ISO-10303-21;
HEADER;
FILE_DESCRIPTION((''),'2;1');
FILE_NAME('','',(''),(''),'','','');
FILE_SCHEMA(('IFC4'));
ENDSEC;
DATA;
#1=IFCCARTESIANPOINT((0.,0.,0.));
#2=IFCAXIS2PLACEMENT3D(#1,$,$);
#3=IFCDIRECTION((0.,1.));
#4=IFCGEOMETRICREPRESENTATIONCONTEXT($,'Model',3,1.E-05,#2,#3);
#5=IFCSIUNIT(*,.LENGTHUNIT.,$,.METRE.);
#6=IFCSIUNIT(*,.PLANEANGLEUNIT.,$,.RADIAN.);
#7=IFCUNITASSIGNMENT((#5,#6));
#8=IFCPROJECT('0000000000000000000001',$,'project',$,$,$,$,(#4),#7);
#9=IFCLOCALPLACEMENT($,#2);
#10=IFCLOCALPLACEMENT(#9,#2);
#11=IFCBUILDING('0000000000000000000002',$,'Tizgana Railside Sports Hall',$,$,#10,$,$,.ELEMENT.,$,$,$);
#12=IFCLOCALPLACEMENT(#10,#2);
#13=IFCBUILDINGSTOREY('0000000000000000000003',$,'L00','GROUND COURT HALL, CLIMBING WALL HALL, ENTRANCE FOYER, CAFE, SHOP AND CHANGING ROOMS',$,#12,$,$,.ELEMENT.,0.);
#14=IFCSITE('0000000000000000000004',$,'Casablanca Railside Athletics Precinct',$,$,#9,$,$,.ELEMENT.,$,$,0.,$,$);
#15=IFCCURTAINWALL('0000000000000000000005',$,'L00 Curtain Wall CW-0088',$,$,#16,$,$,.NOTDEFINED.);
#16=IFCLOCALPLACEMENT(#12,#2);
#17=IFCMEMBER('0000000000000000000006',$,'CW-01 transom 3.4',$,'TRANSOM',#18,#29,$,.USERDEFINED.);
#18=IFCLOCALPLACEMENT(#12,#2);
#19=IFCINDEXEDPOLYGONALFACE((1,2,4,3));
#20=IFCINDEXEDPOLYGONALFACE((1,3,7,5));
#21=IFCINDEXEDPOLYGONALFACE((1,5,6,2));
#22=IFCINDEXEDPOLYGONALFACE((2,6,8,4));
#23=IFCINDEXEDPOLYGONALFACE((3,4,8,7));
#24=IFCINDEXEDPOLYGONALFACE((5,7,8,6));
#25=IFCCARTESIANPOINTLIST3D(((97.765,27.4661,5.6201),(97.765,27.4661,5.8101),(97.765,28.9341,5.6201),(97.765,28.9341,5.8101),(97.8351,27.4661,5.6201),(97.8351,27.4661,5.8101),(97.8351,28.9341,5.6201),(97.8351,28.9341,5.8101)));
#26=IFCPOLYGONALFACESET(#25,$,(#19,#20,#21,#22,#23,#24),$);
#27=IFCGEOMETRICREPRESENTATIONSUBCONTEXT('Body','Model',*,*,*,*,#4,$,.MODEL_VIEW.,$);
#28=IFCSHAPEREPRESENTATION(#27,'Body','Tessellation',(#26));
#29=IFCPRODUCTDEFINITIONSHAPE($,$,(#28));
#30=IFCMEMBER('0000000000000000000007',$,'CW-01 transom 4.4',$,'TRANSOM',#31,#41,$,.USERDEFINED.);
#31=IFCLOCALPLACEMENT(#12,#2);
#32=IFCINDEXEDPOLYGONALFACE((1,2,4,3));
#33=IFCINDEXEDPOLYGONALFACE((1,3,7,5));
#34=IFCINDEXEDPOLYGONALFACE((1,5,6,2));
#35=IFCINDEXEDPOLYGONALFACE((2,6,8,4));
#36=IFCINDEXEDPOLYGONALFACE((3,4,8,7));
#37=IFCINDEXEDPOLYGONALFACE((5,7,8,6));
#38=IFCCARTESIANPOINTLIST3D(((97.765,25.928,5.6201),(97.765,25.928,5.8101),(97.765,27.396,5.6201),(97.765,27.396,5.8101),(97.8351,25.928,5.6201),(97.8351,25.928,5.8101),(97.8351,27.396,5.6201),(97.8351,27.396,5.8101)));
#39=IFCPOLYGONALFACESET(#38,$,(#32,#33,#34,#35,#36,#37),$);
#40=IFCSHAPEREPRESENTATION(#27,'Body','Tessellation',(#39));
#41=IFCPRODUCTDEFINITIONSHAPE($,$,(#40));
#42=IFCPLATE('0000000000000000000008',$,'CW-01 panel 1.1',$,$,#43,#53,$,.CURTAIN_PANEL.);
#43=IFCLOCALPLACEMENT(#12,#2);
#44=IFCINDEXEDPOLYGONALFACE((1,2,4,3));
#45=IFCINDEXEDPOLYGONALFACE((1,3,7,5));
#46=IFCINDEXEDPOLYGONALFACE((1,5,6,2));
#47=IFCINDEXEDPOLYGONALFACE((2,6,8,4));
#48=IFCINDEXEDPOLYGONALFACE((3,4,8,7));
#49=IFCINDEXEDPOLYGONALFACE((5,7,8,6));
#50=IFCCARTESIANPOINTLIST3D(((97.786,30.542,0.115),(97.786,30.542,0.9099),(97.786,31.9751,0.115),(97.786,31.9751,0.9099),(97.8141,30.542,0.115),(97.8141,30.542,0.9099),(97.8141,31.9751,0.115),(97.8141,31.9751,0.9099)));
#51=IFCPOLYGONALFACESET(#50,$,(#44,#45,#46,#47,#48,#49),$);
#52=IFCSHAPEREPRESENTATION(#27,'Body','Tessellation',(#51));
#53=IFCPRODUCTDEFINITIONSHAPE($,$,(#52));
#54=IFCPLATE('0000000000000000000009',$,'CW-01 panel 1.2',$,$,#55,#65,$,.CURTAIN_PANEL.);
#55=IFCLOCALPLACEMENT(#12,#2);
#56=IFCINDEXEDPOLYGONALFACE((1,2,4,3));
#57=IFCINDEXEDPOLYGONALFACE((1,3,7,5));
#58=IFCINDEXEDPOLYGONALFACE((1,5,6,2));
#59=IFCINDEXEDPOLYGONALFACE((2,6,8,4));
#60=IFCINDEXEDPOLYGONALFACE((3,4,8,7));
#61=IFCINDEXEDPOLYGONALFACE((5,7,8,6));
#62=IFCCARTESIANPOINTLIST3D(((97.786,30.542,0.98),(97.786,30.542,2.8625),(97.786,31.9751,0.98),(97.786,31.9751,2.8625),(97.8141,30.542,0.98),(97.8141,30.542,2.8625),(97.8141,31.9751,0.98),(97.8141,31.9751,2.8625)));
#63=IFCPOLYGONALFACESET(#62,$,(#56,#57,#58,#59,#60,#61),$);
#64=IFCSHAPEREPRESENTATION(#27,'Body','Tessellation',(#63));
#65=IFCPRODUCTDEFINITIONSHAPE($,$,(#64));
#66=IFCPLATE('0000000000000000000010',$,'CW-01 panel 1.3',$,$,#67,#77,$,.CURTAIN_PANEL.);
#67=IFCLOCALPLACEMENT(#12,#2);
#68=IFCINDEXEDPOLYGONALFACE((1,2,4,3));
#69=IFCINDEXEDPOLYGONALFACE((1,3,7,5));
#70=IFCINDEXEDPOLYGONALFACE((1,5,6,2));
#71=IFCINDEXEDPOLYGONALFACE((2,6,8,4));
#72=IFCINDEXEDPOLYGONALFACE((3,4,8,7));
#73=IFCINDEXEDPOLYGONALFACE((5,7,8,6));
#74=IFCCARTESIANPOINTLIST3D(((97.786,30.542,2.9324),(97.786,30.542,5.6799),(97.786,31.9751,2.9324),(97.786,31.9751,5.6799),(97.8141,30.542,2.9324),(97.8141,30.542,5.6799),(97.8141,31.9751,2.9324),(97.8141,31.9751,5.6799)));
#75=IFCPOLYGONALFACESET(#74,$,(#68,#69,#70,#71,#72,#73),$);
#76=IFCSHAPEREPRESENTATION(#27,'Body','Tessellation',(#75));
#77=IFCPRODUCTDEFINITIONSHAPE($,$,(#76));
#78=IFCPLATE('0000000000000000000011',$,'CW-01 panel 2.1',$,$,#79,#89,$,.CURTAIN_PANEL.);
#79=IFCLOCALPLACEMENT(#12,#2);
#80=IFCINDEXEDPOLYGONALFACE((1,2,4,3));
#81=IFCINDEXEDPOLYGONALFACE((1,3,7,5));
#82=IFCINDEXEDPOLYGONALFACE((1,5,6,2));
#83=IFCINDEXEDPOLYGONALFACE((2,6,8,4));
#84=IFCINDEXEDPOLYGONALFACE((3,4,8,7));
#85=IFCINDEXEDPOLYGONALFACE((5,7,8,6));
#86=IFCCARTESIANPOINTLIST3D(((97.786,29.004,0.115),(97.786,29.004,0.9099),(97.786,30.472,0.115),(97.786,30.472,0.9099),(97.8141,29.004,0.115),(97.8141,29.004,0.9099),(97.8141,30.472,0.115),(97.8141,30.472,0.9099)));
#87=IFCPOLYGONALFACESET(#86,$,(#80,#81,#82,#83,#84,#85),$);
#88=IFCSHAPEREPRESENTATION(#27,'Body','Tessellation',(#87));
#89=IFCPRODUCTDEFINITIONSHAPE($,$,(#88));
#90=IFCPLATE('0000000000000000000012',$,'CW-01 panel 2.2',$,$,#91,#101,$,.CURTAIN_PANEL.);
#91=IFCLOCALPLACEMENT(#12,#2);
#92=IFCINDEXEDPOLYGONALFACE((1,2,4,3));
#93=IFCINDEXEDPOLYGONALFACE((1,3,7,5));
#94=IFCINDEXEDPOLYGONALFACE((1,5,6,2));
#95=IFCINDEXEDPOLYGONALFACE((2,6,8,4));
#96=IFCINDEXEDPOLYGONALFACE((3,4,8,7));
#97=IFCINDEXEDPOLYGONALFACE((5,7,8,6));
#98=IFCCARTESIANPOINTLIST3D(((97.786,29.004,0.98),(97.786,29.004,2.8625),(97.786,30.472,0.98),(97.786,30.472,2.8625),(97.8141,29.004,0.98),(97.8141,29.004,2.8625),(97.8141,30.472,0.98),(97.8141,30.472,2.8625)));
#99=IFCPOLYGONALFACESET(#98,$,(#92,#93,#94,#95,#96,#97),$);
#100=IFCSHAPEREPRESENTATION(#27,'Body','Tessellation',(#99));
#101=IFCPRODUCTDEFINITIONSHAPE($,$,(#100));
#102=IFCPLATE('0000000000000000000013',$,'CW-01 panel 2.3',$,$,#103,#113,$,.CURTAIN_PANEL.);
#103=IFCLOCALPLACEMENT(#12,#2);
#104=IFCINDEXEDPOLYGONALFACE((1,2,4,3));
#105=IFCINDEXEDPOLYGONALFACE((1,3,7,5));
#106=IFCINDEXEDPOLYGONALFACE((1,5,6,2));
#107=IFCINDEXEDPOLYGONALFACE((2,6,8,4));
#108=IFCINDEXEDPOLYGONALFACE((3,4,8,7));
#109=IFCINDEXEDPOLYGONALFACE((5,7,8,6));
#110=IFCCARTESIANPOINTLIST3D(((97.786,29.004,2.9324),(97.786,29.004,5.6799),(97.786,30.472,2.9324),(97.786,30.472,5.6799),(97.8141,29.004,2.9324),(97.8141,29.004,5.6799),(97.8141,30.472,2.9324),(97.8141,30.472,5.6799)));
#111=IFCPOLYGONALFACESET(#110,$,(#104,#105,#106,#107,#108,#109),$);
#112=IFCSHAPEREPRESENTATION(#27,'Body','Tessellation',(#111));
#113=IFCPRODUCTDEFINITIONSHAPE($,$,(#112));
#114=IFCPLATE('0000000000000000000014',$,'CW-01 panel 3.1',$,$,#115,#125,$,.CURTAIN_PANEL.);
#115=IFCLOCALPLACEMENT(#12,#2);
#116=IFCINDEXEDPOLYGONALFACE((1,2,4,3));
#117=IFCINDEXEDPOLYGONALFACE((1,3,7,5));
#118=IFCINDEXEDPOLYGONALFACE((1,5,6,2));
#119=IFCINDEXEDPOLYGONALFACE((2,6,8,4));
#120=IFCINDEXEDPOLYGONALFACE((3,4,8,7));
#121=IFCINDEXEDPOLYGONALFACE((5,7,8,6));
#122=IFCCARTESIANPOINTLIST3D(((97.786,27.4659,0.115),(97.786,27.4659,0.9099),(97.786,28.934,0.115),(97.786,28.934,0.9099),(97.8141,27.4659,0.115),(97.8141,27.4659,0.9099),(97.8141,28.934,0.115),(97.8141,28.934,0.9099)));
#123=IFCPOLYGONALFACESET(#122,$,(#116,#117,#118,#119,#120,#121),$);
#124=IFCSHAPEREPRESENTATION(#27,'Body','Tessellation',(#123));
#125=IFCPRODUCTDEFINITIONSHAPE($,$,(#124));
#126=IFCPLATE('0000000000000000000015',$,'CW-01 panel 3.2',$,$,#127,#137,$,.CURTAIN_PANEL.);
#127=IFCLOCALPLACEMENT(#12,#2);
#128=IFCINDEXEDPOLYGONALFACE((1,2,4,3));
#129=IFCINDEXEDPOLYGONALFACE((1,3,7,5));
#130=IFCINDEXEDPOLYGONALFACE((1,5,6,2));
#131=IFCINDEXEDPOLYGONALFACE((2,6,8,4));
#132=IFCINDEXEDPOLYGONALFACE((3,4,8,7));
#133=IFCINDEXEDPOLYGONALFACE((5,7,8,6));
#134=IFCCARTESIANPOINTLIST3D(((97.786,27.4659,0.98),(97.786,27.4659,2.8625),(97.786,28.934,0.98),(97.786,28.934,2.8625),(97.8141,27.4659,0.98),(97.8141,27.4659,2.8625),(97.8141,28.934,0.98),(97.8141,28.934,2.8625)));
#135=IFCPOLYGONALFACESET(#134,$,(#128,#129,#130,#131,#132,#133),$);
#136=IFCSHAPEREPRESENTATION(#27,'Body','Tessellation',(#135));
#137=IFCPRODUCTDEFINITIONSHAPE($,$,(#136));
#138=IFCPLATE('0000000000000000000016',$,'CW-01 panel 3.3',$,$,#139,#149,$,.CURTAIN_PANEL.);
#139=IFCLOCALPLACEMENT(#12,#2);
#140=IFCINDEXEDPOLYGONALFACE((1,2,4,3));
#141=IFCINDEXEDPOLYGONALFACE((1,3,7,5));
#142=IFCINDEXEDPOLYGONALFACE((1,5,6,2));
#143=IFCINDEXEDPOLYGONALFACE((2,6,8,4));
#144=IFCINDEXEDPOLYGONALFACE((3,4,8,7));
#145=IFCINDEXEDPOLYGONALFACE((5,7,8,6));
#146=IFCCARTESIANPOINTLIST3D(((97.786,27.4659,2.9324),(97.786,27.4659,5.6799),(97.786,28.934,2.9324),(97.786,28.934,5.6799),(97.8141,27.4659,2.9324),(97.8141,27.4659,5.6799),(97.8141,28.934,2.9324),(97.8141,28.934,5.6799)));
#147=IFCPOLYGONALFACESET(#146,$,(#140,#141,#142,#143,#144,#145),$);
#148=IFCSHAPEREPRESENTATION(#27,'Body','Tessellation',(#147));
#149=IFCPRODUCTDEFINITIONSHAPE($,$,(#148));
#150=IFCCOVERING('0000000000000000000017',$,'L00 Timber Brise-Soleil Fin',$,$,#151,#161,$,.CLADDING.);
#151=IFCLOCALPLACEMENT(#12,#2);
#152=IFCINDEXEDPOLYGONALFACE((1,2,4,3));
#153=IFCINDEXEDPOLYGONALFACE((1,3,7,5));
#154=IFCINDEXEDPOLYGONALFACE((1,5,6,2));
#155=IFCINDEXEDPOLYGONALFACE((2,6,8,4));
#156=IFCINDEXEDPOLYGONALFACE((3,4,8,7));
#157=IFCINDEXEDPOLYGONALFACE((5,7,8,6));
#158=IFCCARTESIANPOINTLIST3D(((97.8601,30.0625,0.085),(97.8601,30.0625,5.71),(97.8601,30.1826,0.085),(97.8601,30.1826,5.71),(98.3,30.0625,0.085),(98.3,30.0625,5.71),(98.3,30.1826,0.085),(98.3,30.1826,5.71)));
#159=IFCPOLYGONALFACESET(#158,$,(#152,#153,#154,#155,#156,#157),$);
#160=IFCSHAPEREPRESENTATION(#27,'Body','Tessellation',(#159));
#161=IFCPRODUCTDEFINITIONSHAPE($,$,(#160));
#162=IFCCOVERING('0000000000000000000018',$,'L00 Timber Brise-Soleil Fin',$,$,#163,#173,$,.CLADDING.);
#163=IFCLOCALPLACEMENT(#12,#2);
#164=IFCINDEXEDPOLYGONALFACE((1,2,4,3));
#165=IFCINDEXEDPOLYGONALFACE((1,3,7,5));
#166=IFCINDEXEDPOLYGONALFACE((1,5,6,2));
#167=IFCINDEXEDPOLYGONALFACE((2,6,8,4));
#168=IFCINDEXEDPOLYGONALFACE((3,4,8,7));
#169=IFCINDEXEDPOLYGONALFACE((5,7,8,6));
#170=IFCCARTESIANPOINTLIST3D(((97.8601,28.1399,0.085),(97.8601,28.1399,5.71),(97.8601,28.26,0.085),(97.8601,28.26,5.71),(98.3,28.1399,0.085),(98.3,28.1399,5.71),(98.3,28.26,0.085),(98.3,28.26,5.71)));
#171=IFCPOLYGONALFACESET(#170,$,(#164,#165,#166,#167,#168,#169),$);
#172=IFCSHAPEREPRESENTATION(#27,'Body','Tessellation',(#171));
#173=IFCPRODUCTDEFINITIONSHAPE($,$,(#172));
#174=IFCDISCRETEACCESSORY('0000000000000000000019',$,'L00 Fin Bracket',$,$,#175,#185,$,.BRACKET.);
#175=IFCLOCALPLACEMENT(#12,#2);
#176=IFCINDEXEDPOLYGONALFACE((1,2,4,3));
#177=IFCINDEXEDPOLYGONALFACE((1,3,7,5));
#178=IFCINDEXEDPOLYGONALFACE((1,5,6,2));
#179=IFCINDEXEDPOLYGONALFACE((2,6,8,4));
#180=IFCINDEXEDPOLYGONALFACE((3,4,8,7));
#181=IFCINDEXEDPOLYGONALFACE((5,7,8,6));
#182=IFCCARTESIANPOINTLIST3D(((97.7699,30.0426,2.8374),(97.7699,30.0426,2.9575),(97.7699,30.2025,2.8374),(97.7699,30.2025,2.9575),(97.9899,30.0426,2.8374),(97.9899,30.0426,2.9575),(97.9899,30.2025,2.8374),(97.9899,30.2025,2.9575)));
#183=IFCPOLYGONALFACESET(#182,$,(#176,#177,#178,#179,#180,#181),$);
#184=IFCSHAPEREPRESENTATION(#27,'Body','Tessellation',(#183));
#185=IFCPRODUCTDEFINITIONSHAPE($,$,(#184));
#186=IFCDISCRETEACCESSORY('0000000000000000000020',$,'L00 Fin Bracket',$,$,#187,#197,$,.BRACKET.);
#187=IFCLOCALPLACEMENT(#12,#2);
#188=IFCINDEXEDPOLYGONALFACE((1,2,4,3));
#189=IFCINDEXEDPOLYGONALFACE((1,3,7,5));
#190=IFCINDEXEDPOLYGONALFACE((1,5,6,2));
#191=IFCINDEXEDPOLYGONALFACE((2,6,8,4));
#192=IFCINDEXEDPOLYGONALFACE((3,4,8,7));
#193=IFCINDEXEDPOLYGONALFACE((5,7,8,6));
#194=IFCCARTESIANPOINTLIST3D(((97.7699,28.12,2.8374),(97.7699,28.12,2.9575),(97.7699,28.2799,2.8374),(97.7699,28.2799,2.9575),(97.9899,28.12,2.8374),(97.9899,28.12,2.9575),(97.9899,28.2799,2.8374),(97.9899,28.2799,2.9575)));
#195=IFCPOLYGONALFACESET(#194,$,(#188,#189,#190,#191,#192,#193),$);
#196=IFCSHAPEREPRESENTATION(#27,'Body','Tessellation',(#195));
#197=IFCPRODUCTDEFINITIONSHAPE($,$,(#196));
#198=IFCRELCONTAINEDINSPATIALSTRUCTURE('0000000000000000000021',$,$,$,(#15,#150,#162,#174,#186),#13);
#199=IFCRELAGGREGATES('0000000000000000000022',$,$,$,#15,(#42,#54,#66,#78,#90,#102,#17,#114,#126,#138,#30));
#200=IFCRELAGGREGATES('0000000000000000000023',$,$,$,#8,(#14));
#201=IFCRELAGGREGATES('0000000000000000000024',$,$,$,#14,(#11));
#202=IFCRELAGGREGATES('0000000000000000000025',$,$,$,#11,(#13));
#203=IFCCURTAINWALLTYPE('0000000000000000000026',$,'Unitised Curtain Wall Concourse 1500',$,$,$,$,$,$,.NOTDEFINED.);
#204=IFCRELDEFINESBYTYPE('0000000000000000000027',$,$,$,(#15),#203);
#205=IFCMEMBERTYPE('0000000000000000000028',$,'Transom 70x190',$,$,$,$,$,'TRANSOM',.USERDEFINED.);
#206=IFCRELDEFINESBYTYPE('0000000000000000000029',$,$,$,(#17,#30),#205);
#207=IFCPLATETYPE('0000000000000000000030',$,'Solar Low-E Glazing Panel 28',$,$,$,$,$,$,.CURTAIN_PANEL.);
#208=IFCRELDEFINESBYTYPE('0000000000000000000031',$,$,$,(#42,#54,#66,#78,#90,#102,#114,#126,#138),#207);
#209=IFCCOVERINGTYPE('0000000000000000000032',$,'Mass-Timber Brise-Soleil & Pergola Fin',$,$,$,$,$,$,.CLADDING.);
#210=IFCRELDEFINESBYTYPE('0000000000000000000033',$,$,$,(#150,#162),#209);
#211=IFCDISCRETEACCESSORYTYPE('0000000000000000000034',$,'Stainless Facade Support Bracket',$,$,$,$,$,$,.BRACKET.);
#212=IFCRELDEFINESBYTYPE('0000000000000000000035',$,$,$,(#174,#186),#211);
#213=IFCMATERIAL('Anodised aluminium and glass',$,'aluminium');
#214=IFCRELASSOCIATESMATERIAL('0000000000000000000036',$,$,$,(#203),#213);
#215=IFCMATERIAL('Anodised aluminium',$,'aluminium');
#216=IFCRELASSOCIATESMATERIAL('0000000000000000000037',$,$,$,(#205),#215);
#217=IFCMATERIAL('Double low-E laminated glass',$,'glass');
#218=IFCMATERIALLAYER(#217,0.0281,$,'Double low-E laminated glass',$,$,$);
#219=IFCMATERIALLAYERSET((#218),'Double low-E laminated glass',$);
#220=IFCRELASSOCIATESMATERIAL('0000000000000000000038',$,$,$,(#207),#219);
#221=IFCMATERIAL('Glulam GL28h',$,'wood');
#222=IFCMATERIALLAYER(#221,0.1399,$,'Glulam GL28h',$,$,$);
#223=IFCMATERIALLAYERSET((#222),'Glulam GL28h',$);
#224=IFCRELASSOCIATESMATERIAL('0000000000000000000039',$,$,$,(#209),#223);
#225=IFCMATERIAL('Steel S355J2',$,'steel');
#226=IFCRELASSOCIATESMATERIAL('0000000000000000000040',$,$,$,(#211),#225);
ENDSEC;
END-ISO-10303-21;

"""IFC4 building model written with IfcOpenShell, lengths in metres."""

from ifc_helpers import new_model, si_unit, direction, frame, origin, origin_2d, place, context, subcontext, project, spatial, rectangle, extrude, material, layer, layer_set, material_profile, profile_set, type_object, element, aggregate, save


model = new_model("IFC4")

# Units and contexts
model_context = context("Model", 3, precision=1e-05, world=origin(), true_north=direction((0.0, 1.0)))
body_context = subcontext(model_context, "Body", "Model", "MODEL_VIEW")
ifc_project = project(units=[si_unit("LENGTHUNIT", "METRE"), si_unit("PLANEANGLEUNIT", "RADIAN")], contexts=[model_context])

# Site, building, storey
site_placement = place(None, origin())
site = spatial("IfcSite", under=ifc_project, at=site_placement, Name="Casablanca Railside Athletics Precinct", CompositionType="ELEMENT", RefElevation=0.0)
building_placement = place(site_placement, origin())
building = spatial("IfcBuilding", under=site, at=building_placement, Name="Tizgana Railside Sports Hall", CompositionType="ELEMENT")
storey_placement = place(building_placement, origin())
storey = spatial("IfcBuildingStorey", under=building, at=storey_placement, Name="L00", Description="GROUND COURT HALL, CLIMBING WALL HALL, ENTRANCE FOYER, CAFE, SHOP AND CHANGING ROOMS", CompositionType="ELEMENT", Elevation=0.0)

# Curtain wall, members, plates
ifc_material_1 = material(Name="Anodised aluminium and glass", Category="aluminium")
curtain_wall_type = type_object("IfcCurtainWallType", Name="Unitised Curtain Wall Concourse 1500", PredefinedType="NOTDEFINED", material=ifc_material_1)
curtain_wall_placement = place(storey_placement, origin())
curtain_wall = element("IfcCurtainWall", 1, at=curtain_wall_placement, inside=storey, type_object=curtain_wall_type, Name="L00 Curtain Wall CW-0088", PredefinedType="NOTDEFINED")
ifc_material_2 = material(Name="Anodised aluminium", Category="aluminium")
ifc_material_profile_1 = material_profile(ifc_material_2, rectangle(XDim=0.0701, YDim=0.1899, at=origin_2d()), Name="Transom 70x190")
ifc_profile_set_1 = profile_set([ifc_material_profile_1], Name="Anodised aluminium")
member_type_1 = type_object("IfcMemberType", Name="Transom 70x190", ElementType="TRANSOM", PredefinedType="USERDEFINED", material=ifc_profile_set_1)
member_1_placement = place(storey_placement, frame((97.8, 28.9341, 5.7151), z_axis=(0.0, -1.0, 0.0), x_axis=(1.0, 0.0, 0.0)))
member_1 = element("IfcMember", 2, at=member_1_placement, type_object=member_type_1, Name="CW-01 transom 3.4", ObjectType="TRANSOM", PredefinedType="USERDEFINED", context=body_context, shape_type="SweptSolid", body=[
    extrude(rectangle(XDim=0.0701, YDim=0.1899, at=origin_2d()), origin(), (0.0, 0.0, 1.0), 1.468),
])
member_2_placement = place(storey_placement, frame((97.8, 27.396, 5.7151), z_axis=(0.0, -1.0, 0.0), x_axis=(1.0, 0.0, 0.0)))
member_2 = element("IfcMember", 3, at=member_2_placement, type_object=member_type_1, Name="CW-01 transom 4.4", ObjectType="TRANSOM", PredefinedType="USERDEFINED", context=body_context, shape_type="SweptSolid", body=[
    extrude(rectangle(XDim=0.0701, YDim=0.1899, at=origin_2d()), origin(), (0.0, 0.0, 1.0), 1.468),
])
ifc_material_3 = material(Name="Double low-E laminated glass", Category="glass")
ifc_layer_1 = layer(ifc_material_3, 0.0281, Name="Double low-E laminated glass")
ifc_layer_set_1 = layer_set([ifc_layer_1], Name="Double low-E laminated glass")
plate_type = type_object("IfcPlateType", Name="Solar Low-E Glazing Panel 28", PredefinedType="CURTAIN_PANEL", material=ifc_layer_set_1)
plate_1_placement = place(storey_placement, frame((97.8, 31.2585, 0.115), z_axis=(0.0, 0.0, 1.0), x_axis=(0.0, -1.0, 0.0)))
plate_1 = element("IfcPlate", 4, at=plate_1_placement, type_object=plate_type, Name="CW-01 panel 1.1", PredefinedType="CURTAIN_PANEL", context=body_context, shape_type="SweptSolid", body=[
    extrude(rectangle(XDim=1.4331, YDim=0.0281, at=origin_2d()), origin(), (0.0, 0.0, 1.0), 0.7949),
])
plate_2_placement = place(storey_placement, frame((97.8, 31.2585, 0.98), z_axis=(0.0, 0.0, 1.0), x_axis=(0.0, -1.0, 0.0)))
plate_2 = element("IfcPlate", 5, at=plate_2_placement, type_object=plate_type, Name="CW-01 panel 1.2", PredefinedType="CURTAIN_PANEL", context=body_context, shape_type="SweptSolid", body=[
    extrude(rectangle(XDim=1.4331, YDim=0.0281, at=origin_2d()), origin(), (0.0, 0.0, 1.0), 1.8826),
])
plate_3_placement = place(storey_placement, frame((97.8, 31.2585, 2.9324), z_axis=(0.0, 0.0, 1.0), x_axis=(0.0, -1.0, 0.0)))
plate_3 = element("IfcPlate", 6, at=plate_3_placement, type_object=plate_type, Name="CW-01 panel 1.3", PredefinedType="CURTAIN_PANEL", context=body_context, shape_type="SweptSolid", body=[
    extrude(rectangle(XDim=1.4331, YDim=0.0281, at=origin_2d()), origin(), (0.0, 0.0, 1.0), 2.7476),
])
plate_4_placement = place(storey_placement, frame((97.8, 29.738, 0.115), z_axis=(0.0, 0.0, 1.0), x_axis=(0.0, -1.0, 0.0)))
plate_4 = element("IfcPlate", 7, at=plate_4_placement, type_object=plate_type, Name="CW-01 panel 2.1", PredefinedType="CURTAIN_PANEL", context=body_context, shape_type="SweptSolid", body=[
    extrude(rectangle(XDim=1.468, YDim=0.0281, at=origin_2d()), origin(), (0.0, 0.0, 1.0), 0.7949),
])
plate_5_placement = place(storey_placement, frame((97.8, 29.738, 0.98), z_axis=(0.0, 0.0, 1.0), x_axis=(0.0, -1.0, 0.0)))
plate_5 = element("IfcPlate", 8, at=plate_5_placement, type_object=plate_type, Name="CW-01 panel 2.2", PredefinedType="CURTAIN_PANEL", context=body_context, shape_type="SweptSolid", body=[
    extrude(rectangle(XDim=1.468, YDim=0.0281, at=origin_2d()), origin(), (0.0, 0.0, 1.0), 1.8826),
])
plate_6_placement = place(storey_placement, frame((97.8, 29.738, 2.9324), z_axis=(0.0, 0.0, 1.0), x_axis=(0.0, -1.0, 0.0)))
plate_6 = element("IfcPlate", 9, at=plate_6_placement, type_object=plate_type, Name="CW-01 panel 2.3", PredefinedType="CURTAIN_PANEL", context=body_context, shape_type="SweptSolid", body=[
    extrude(rectangle(XDim=1.468, YDim=0.0281, at=origin_2d()), origin(), (0.0, 0.0, 1.0), 2.7476),
])
plate_7_placement = place(storey_placement, frame((97.8, 28.2, 0.115), z_axis=(0.0, 0.0, 1.0), x_axis=(0.0, -1.0, 0.0)))
plate_7 = element("IfcPlate", 10, at=plate_7_placement, type_object=plate_type, Name="CW-01 panel 3.1", PredefinedType="CURTAIN_PANEL", context=body_context, shape_type="SweptSolid", body=[
    extrude(rectangle(XDim=1.468, YDim=0.0281, at=origin_2d()), origin(), (0.0, 0.0, 1.0), 0.7949),
])
plate_8_placement = place(storey_placement, frame((97.8, 28.2, 0.98), z_axis=(0.0, 0.0, 1.0), x_axis=(0.0, -1.0, 0.0)))
plate_8 = element("IfcPlate", 11, at=plate_8_placement, type_object=plate_type, Name="CW-01 panel 3.2", PredefinedType="CURTAIN_PANEL", context=body_context, shape_type="SweptSolid", body=[
    extrude(rectangle(XDim=1.468, YDim=0.0281, at=origin_2d()), origin(), (0.0, 0.0, 1.0), 1.8826),
])
plate_9_placement = place(storey_placement, frame((97.8, 28.2, 2.9324), z_axis=(0.0, 0.0, 1.0), x_axis=(0.0, -1.0, 0.0)))
plate_9 = element("IfcPlate", 12, at=plate_9_placement, type_object=plate_type, Name="CW-01 panel 3.3", PredefinedType="CURTAIN_PANEL", context=body_context, shape_type="SweptSolid", body=[
    extrude(rectangle(XDim=1.468, YDim=0.0281, at=origin_2d()), origin(), (0.0, 0.0, 1.0), 2.7476),
])
aggregate(curtain_wall, [plate_1, plate_2, plate_3, plate_4, plate_5, plate_6, member_1, plate_7, plate_8, plate_9, member_2])

# Coverings
ifc_material_4 = material(Name="Glulam GL28h", Category="wood")
ifc_layer_2 = layer(ifc_material_4, 0.1399, Name="Glulam GL28h")
ifc_layer_set_2 = layer_set([ifc_layer_2], Name="Glulam GL28h")
covering_type = type_object("IfcCoveringType", Name="Mass-Timber Brise-Soleil & Pergola Fin", PredefinedType="CLADDING", material=ifc_layer_set_2)
for number, where, z_axis, x_axis, name in (
    (13, (98.0801, 30.1226, 0.085), (0.0, 0.0, 1.0), (0.0, -1.0, 0.0), "L00 Timber Brise-Soleil Fin"),
    (14, (98.0801, 28.2, 0.085), (0.0, 0.0, 1.0), (0.0, -1.0, 0.0), "L00 Timber Brise-Soleil Fin"),
):
    element("IfcCovering", number, at=place(storey_placement, frame(where, z_axis=z_axis, x_axis=x_axis)), inside=storey, type_object=covering_type, Name=name, PredefinedType="CLADDING", context=body_context, shape_type="SweptSolid", body=[
        extrude(rectangle(XDim=0.1201, YDim=0.4399, at=origin_2d()), origin(), (0.0, 0.0, 1.0), 5.625),
    ])

# Discrete accessories
ifc_material_5 = material(Name="Steel S355J2", Category="steel")
discrete_accessory_type = type_object("IfcDiscreteAccessoryType", Name="Stainless Facade Support Bracket", PredefinedType="BRACKET", material=ifc_material_5)
for number, where, z_axis, x_axis, name in (
    (15, (97.8799, 30.1226, 2.8374), (0.0, 0.0, 1.0), (0.0, -1.0, 0.0), "L00 Fin Bracket"),
    (16, (97.8799, 28.2, 2.8374), (0.0, 0.0, 1.0), (0.0, -1.0, 0.0), "L00 Fin Bracket"),
):
    element("IfcDiscreteAccessory", number, at=place(storey_placement, frame(where, z_axis=z_axis, x_axis=x_axis)), inside=storey, type_object=discrete_accessory_type, Name=name, PredefinedType="BRACKET", context=body_context, shape_type="SweptSolid", body=[
        extrude(rectangle(XDim=0.1599, YDim=0.22, at=origin_2d()), origin(), (0.0, 0.0, 1.0), 0.1201),
    ])

save(model, "model.ifc")
